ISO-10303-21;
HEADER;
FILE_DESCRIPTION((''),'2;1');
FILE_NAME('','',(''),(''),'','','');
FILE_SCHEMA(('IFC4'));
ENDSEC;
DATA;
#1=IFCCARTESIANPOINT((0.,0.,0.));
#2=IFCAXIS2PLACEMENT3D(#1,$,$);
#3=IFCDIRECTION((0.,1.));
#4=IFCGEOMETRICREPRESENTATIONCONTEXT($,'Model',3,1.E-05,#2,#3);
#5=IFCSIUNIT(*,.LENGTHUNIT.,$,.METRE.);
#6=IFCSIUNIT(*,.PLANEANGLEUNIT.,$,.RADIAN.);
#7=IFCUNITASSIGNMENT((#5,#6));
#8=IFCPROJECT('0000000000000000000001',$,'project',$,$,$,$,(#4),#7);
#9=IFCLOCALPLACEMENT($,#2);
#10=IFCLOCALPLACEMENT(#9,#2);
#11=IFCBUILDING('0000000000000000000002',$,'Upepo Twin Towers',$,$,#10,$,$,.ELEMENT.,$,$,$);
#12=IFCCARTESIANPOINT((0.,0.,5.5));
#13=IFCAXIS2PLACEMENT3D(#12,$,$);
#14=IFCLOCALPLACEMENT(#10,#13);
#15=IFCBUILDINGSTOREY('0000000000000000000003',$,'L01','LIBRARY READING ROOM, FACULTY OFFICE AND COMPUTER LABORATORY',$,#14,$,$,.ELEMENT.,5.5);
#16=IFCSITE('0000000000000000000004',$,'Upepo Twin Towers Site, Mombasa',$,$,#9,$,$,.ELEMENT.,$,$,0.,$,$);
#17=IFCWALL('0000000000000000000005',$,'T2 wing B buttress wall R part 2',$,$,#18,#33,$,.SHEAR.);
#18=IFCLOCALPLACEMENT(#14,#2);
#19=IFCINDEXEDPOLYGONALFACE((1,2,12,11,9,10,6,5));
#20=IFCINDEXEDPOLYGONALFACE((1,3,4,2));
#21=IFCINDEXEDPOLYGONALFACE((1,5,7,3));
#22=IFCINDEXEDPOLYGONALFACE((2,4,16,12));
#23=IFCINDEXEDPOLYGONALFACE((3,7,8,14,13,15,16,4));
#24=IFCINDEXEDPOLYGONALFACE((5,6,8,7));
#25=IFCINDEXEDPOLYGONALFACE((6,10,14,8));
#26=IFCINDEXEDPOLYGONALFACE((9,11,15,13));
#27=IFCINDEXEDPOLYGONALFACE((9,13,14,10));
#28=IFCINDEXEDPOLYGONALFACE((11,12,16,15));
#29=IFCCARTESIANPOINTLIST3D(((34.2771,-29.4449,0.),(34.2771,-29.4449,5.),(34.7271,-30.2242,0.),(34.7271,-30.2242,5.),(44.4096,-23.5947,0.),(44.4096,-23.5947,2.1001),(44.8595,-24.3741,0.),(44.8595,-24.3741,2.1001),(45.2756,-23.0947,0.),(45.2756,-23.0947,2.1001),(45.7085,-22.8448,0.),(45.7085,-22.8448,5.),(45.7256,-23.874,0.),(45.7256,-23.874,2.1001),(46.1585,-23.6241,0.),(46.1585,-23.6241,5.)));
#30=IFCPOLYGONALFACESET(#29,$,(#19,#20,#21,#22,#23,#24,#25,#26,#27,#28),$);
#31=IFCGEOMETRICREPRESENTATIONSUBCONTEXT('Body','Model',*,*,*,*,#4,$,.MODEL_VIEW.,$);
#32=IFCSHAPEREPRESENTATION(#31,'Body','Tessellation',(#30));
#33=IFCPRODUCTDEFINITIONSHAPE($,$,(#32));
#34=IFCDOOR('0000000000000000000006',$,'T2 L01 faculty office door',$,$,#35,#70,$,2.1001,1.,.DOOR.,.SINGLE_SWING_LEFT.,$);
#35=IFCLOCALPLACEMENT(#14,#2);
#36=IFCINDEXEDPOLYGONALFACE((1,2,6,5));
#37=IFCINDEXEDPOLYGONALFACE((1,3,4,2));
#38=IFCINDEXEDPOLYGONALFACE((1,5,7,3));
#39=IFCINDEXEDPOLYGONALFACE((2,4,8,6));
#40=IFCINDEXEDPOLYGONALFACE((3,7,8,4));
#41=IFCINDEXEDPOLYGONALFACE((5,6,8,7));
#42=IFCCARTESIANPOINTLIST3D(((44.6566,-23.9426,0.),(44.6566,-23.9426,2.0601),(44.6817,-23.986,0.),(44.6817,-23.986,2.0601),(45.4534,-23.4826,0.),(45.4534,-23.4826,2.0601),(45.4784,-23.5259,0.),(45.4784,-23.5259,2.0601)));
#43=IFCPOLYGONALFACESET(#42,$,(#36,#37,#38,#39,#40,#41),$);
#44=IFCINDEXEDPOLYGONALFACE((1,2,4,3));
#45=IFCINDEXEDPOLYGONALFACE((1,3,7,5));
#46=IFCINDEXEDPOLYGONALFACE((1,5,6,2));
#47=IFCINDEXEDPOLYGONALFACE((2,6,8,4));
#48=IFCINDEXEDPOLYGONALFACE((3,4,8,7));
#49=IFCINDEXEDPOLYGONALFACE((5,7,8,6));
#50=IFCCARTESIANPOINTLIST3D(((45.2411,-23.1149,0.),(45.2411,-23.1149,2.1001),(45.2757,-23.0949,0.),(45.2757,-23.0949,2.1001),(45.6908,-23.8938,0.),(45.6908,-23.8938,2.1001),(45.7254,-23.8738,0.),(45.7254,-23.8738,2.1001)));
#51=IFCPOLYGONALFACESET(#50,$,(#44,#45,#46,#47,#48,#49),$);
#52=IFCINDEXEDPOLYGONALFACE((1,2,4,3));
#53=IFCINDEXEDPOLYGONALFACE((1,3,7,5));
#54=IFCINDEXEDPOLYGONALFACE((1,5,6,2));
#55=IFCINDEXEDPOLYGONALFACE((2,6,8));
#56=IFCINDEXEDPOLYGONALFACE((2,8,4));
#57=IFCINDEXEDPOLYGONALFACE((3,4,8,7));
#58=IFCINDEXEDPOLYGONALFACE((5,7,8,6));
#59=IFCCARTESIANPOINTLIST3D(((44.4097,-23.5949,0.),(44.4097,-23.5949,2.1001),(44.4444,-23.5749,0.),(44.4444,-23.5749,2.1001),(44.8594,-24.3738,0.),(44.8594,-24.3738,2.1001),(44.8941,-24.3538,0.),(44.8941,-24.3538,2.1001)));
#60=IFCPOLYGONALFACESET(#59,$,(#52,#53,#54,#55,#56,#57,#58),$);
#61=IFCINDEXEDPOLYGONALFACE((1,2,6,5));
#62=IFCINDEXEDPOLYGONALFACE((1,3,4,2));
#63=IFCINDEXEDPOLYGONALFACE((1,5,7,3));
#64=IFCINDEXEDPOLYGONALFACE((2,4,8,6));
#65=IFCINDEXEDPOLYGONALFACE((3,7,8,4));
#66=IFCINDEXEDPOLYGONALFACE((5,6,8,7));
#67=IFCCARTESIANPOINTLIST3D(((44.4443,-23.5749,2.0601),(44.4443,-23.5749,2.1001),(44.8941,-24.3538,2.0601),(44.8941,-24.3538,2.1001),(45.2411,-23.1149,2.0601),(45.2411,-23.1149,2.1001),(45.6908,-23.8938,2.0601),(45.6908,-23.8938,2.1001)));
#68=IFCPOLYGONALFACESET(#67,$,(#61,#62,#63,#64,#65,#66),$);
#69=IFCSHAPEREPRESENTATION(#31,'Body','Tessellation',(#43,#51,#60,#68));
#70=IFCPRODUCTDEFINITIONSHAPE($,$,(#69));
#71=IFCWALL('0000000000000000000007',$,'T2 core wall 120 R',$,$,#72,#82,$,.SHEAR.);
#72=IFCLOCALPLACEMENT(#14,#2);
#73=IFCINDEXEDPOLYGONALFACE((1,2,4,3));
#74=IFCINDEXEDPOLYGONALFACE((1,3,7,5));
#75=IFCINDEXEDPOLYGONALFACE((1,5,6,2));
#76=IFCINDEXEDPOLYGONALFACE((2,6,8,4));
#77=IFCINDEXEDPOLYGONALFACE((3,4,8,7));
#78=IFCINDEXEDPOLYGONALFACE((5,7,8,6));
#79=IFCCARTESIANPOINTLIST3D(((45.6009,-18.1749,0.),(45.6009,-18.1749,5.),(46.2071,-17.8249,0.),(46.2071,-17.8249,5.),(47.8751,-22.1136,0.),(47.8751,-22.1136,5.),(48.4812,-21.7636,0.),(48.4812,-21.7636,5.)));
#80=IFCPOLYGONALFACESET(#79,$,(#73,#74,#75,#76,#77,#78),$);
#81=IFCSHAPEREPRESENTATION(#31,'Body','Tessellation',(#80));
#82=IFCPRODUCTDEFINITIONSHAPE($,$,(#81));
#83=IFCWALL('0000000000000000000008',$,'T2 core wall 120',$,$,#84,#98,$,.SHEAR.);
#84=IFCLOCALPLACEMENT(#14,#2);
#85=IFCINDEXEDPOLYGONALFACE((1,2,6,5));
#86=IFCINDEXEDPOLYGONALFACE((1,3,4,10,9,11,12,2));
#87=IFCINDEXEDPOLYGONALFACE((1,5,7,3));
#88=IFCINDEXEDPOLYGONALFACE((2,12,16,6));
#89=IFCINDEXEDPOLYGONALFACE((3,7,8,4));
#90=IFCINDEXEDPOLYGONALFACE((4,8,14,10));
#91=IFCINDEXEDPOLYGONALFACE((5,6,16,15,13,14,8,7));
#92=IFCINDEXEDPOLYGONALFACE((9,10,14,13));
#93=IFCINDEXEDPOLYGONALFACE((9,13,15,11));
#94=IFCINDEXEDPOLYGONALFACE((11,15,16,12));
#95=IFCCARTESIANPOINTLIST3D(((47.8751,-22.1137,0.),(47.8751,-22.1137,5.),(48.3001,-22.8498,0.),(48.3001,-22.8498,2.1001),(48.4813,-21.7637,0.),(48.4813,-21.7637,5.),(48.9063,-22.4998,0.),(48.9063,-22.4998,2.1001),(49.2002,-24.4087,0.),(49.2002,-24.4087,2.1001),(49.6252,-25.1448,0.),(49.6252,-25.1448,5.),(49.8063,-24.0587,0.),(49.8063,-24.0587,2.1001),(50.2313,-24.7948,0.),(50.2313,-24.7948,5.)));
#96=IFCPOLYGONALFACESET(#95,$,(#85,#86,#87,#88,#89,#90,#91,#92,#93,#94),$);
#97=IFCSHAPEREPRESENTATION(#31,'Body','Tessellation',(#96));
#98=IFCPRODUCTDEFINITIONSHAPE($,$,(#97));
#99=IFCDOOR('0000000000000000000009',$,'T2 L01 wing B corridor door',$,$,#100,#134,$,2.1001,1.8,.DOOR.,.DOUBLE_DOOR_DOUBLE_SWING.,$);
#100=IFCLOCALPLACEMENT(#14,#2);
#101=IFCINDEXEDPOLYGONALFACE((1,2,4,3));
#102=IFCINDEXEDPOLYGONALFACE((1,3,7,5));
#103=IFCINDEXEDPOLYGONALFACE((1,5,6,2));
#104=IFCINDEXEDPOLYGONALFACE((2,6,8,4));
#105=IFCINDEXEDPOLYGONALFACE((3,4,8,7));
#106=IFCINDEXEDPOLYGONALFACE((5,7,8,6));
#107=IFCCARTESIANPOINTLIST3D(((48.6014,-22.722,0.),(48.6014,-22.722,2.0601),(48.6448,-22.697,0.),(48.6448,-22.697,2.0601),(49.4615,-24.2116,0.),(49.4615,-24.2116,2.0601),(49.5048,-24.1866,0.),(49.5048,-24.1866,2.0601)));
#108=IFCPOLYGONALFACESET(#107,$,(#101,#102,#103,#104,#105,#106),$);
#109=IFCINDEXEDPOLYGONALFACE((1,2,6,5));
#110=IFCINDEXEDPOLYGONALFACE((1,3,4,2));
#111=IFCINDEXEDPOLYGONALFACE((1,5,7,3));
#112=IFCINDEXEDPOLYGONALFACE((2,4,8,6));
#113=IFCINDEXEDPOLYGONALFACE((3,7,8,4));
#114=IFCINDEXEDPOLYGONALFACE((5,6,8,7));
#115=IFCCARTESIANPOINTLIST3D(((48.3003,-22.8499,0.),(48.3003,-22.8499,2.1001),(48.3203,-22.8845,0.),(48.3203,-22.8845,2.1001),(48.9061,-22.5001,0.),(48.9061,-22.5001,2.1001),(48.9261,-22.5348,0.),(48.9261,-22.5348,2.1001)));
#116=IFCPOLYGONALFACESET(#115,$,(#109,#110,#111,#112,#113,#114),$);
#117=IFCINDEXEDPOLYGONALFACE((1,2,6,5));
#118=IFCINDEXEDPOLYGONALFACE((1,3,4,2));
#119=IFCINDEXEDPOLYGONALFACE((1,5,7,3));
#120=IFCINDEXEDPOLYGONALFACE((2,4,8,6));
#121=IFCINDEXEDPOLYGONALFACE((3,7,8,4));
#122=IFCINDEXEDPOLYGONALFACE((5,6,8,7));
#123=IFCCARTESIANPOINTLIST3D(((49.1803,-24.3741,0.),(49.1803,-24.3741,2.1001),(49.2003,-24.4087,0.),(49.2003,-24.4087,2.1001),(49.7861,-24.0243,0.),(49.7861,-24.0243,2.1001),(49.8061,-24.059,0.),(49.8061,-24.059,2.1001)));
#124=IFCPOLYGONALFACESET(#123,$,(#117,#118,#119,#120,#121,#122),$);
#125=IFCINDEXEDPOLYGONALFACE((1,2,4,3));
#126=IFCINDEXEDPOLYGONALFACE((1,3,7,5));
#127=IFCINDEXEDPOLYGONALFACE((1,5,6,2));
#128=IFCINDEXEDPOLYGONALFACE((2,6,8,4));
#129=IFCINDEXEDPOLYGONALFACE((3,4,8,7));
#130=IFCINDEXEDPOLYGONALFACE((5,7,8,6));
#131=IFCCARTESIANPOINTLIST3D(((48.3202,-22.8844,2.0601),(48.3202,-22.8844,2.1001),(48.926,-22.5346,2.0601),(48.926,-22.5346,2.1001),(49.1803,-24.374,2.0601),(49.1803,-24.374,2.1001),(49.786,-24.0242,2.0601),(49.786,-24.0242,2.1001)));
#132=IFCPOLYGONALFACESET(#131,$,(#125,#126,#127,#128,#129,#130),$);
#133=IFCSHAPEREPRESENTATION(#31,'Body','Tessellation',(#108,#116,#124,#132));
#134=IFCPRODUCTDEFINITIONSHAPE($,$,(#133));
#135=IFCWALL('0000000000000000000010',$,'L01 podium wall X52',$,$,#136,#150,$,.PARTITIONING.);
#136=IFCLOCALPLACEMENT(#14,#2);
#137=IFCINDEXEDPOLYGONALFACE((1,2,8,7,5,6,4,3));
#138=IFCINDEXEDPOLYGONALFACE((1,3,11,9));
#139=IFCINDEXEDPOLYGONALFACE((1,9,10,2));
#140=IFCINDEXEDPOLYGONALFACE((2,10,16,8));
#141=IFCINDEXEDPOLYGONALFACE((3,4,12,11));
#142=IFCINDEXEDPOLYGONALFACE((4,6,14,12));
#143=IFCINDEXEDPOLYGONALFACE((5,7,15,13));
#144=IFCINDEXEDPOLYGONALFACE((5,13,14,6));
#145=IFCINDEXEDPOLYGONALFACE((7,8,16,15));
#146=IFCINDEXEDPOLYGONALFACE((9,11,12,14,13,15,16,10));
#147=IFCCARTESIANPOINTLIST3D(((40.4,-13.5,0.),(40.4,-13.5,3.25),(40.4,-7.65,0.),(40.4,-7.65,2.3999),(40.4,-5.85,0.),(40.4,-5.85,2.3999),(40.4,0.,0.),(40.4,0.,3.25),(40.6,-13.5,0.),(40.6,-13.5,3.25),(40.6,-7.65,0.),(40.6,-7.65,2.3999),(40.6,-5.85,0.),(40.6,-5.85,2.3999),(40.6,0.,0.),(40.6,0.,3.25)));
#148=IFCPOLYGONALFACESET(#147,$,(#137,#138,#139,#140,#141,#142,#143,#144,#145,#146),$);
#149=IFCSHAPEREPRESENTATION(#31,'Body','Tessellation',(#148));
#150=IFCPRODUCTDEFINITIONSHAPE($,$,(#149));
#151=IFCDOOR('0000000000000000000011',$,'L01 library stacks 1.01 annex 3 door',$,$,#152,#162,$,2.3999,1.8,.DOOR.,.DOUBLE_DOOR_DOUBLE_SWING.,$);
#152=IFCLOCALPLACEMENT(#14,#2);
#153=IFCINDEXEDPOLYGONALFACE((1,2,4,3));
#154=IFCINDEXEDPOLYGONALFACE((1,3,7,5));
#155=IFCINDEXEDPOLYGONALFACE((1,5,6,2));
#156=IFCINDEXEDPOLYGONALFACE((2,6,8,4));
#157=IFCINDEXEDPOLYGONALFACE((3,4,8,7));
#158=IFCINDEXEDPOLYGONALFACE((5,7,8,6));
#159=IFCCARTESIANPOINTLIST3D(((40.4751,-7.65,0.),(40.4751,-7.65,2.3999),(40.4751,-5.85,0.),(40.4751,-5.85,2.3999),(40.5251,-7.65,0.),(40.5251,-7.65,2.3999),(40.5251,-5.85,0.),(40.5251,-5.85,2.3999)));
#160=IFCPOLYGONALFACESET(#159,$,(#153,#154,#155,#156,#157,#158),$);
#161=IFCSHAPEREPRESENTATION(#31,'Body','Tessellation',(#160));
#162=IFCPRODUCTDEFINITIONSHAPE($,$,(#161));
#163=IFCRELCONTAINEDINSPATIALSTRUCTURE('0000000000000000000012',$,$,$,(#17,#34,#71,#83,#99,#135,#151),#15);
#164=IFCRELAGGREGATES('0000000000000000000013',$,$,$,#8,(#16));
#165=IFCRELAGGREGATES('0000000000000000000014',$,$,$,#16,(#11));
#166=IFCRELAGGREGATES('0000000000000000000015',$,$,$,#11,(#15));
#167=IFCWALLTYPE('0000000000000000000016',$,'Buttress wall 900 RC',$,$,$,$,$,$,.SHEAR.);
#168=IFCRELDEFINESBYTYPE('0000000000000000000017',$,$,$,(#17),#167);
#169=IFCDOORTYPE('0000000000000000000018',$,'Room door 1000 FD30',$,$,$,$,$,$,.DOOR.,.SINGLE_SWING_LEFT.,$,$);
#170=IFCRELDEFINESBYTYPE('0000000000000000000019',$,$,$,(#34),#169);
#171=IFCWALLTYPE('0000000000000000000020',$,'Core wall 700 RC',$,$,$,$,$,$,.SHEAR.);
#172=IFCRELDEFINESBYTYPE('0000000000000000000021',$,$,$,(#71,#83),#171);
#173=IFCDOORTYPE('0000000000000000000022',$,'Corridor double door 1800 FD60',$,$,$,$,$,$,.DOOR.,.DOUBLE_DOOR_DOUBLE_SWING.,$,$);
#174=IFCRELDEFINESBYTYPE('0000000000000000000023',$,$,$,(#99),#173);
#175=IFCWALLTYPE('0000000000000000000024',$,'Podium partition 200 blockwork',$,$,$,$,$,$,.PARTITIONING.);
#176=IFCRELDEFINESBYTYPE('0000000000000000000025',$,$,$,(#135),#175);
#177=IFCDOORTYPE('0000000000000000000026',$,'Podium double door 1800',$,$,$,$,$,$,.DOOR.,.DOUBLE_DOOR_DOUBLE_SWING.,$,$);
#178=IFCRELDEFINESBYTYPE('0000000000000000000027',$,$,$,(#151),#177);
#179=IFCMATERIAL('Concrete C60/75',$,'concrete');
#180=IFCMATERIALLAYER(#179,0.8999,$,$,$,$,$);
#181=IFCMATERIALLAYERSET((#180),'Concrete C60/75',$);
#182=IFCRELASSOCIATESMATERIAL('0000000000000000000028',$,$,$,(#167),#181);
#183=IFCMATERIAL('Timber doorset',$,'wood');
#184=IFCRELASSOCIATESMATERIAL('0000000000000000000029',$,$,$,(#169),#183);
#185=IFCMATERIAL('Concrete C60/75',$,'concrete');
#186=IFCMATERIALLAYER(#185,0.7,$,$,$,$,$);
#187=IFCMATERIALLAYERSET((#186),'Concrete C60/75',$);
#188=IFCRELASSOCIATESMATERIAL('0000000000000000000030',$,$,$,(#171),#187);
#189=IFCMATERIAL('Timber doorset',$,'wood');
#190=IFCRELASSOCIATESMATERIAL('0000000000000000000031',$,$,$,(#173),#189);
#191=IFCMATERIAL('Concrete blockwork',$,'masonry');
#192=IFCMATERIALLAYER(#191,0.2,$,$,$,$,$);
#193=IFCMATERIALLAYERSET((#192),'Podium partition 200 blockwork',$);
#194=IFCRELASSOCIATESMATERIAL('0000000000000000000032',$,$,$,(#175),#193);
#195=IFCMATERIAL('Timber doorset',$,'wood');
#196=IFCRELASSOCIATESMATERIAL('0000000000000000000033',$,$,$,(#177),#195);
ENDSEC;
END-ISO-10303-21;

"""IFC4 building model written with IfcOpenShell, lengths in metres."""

from ifc_helpers import new_model, si_unit, direction, frame, frame_2d, origin, place, context, subcontext, project, spatial, rectangle, extrude, material, layer, layer_set, type_object, element, fill, save


model = new_model("IFC4")

# Units and contexts
model_context = context("Model", 3, precision=1e-05, world=origin(), true_north=direction((0.0, 1.0)))
body_context = subcontext(model_context, "Body", "Model", "MODEL_VIEW")
ifc_project = project(units=[si_unit("LENGTHUNIT", "METRE"), si_unit("PLANEANGLEUNIT", "RADIAN")], contexts=[model_context])

# Site, building, storey
site_placement = place(None, origin())
site = spatial("IfcSite", under=ifc_project, at=site_placement, Name="Upepo Twin Towers Site, Mombasa", CompositionType="ELEMENT", RefElevation=0.0)
building_placement = place(site_placement, origin())
building = spatial("IfcBuilding", under=site, at=building_placement, Name="Upepo Twin Towers", CompositionType="ELEMENT")
storey_placement = place(building_placement, frame((0.0, 0.0, 5.5)))
storey = spatial("IfcBuildingStorey", under=building, at=storey_placement, Name="L01", Description="LIBRARY READING ROOM, FACULTY OFFICE AND COMPUTER LABORATORY", CompositionType="ELEMENT", Elevation=5.5)

# Wall, opening, door
ifc_material_1 = material(Name="Concrete C60/75", Category="concrete")
ifc_layer_1 = layer(ifc_material_1, 0.8999)
ifc_layer_set_1 = layer_set([ifc_layer_1], Name="Concrete C60/75")
wall_type_1 = type_object("IfcWallType", Name="Buttress wall 900 RC", PredefinedType="SHEAR", material=ifc_layer_set_1)
ifc_material_2 = material(Name="Timber doorset", Category="wood")
door_type_1 = type_object("IfcDoorType", Name="Room door 1000 FD30", OperationType="SINGLE_SWING_LEFT", PredefinedType="DOOR", material=ifc_material_2)
wall_1_placement = place(storey_placement, frame((45.9336, -23.2344, 0.0), z_axis=(0.0, 0.0, 1.0), x_axis=(-0.86602, -0.50001, 0.0)))
wall_1 = element("IfcWall", 1, at=wall_1_placement, inside=storey, type_object=wall_type_1, Name="T2 wing B buttress wall R part 2", PredefinedType="SHEAR", context=body_context, shape_type="SweptSolid", body=[
    extrude(rectangle(XDim=13.2, YDim=0.8999, at=frame_2d((6.6001, 0.0))), origin(), (0.0, 0.0, 1.0), 5.0),
])
opening_1_placement = place(wall_1_placement, frame((0.5, 0.0, 0.0)))
opening_1 = element("IfcOpeningElement", 2, at=opening_1_placement, cuts=wall_1, PredefinedType="OPENING", context=body_context, shape_type="SweptSolid", body=[
    extrude(rectangle(XDim=1.0, YDim=2.1001, at=frame_2d((0.5, 1.05))), frame((0.0, 0.46, 0.0), z_axis=(0.0, -1.0, 0.0), x_axis=(1.0, 0.0, 0.0)), (0.0, 0.0, 1.0), 0.9199),
])
door_1_placement = place(opening_1_placement, origin())
door_1 = element("IfcDoor", 3, at=door_1_placement, inside=storey, type_object=door_type_1, Name="T2 L01 faculty office door", OperationType="SINGLE_SWING_LEFT", OverallHeight=2.1001, OverallWidth=1.0, PredefinedType="DOOR", context=body_context, shape_type="SweptSolid", body=[
    extrude(rectangle(XDim=0.92, YDim=2.0601, at=frame_2d((0.5, 1.03))), frame((0.0, 0.0249, 0.0), z_axis=(0.0, -1.0, 0.0), x_axis=(1.0, 0.0, 0.0)), (0.0, 0.0, 1.0), 0.05),
    extrude(rectangle(XDim=0.04, YDim=2.1001, at=frame_2d((0.02, 1.05))), frame((0.0, 0.4497, 0.0), z_axis=(0.0, -1.0, 0.0), x_axis=(1.0, 0.0, 0.0)), (0.0, 0.0, 1.0), 0.8994),
    extrude(rectangle(XDim=0.04, YDim=2.1001, at=frame_2d((0.98, 1.05))), frame((0.0, 0.4497, 0.0), z_axis=(0.0, -1.0, 0.0), x_axis=(1.0, 0.0, 0.0)), (0.0, 0.0, 1.0), 0.8994),
    extrude(rectangle(XDim=0.92, YDim=0.04, at=frame_2d((0.5, 2.0801))), frame((0.0, 0.4497, 0.0), z_axis=(0.0, -1.0, 0.0), x_axis=(1.0, 0.0, 0.0)), (0.0, 0.0, 1.0), 0.8994),
])
fill(opening_1, door_1)

# Wall
ifc_material_3 = material(Name="Concrete C60/75", Category="concrete")
ifc_layer_2 = layer(ifc_material_3, 0.7)
ifc_layer_set_2 = layer_set([ifc_layer_2], Name="Concrete C60/75")
wall_type_2 = type_object("IfcWallType", Name="Core wall 700 RC", PredefinedType="SHEAR", material=ifc_layer_set_2)
wall_2_placement = place(storey_placement, frame((45.9041, -18.0, 0.0), z_axis=(0.0, 0.0, 1.0), x_axis=(0.500024, -0.866011, 0.0)))
element("IfcWall", 4, at=wall_2_placement, inside=storey, type_object=wall_type_2, Name="T2 core wall 120 R", PredefinedType="SHEAR", context=body_context, shape_type="SweptSolid", body=[
    extrude(rectangle(XDim=4.5481, YDim=0.7, at=frame_2d((2.2739, 0.0))), origin(), (0.0, 0.0, 1.0), 5.0),
])

# Walls, openings, doors
wall_3_placement = place(storey_placement, frame((48.1782, -21.9387, 0.0), z_axis=(0.0, 0.0, 1.0), x_axis=(0.50001, -0.866019, 0.0)))
wall_3 = element("IfcWall", 5, at=wall_3_placement, inside=storey, type_object=wall_type_2, Name="T2 core wall 120", PredefinedType="SHEAR", context=body_context, shape_type="SweptSolid", body=[
    extrude(rectangle(XDim=3.5, YDim=0.7, at=frame_2d((1.75, 0.0))), origin(), (0.0, 0.0, 1.0), 5.0),
])
opening_2_placement = place(wall_3_placement, frame((0.8501, 0.0, 0.0)))
opening_2 = element("IfcOpeningElement", 6, at=opening_2_placement, cuts=wall_3, PredefinedType="OPENING", context=body_context, shape_type="SweptSolid", body=[
    extrude(rectangle(XDim=1.8, YDim=2.1001, at=frame_2d((0.8999, 1.05))), frame((0.0, 0.3599, 0.0), z_axis=(0.0, -1.0, 0.0), x_axis=(1.0, 0.0, 0.0)), (0.0, 0.0, 1.0), 0.72),
])
ifc_material_4 = material(Name="Timber doorset", Category="wood")
door_type_2 = type_object("IfcDoorType", Name="Corridor double door 1800 FD60", OperationType="DOUBLE_DOOR_DOUBLE_SWING", PredefinedType="DOOR", material=ifc_material_4)
door_2_placement = place(opening_2_placement, origin())
door_2 = element("IfcDoor", 7, at=door_2_placement, inside=storey, type_object=door_type_2, Name="T2 L01 wing B corridor door", OperationType="DOUBLE_DOOR_DOUBLE_SWING", OverallHeight=2.1001, OverallWidth=1.8, PredefinedType="DOOR", context=body_context, shape_type="SweptSolid", body=[
    extrude(rectangle(XDim=1.72, YDim=2.0601, at=frame_2d((0.8999, 1.03))), frame((0.0, 0.0249, 0.0), z_axis=(0.0, -1.0, 0.0), x_axis=(1.0, 0.0, 0.0)), (0.0, 0.0, 1.0), 0.05),
    extrude(rectangle(XDim=0.04, YDim=2.1001, at=frame_2d((0.02, 1.05))), frame((0.0, 0.3496, 0.0), z_axis=(0.0, -1.0, 0.0), x_axis=(1.0, 0.0, 0.0)), (0.0, 0.0, 1.0), 0.6995),
    extrude(rectangle(XDim=0.04, YDim=2.1001, at=frame_2d((1.78, 1.05))), frame((0.0, 0.3496, 0.0), z_axis=(0.0, -1.0, 0.0), x_axis=(1.0, 0.0, 0.0)), (0.0, 0.0, 1.0), 0.6995),
    extrude(rectangle(XDim=1.72, YDim=0.04, at=frame_2d((0.8999, 2.0801))), frame((0.0, 0.3496, 0.0), z_axis=(0.0, -1.0, 0.0), x_axis=(1.0, 0.0, 0.0)), (0.0, 0.0, 1.0), 0.6995),
])
fill(opening_2, door_2)
ifc_material_5 = material(Name="Concrete blockwork", Category="masonry")
ifc_layer_3 = layer(ifc_material_5, 0.2)
ifc_layer_set_3 = layer_set([ifc_layer_3], Name="Podium partition 200 blockwork")
wall_type_3 = type_object("IfcWallType", Name="Podium partition 200 blockwork", PredefinedType="PARTITIONING", material=ifc_layer_set_3)
wall_4_placement = place(storey_placement, frame((40.5, -13.5, 0.0), z_axis=(0.0, 0.0, 1.0), x_axis=(0.0, 1.0, 0.0)))
wall_4 = element("IfcWall", 8, at=wall_4_placement, inside=storey, type_object=wall_type_3, Name="L01 podium wall X52", PredefinedType="PARTITIONING", context=body_context, shape_type="SweptSolid", body=[
    extrude(rectangle(XDim=13.5, YDim=0.2, at=frame_2d((6.75, 0.0))), origin(), (0.0, 0.0, 1.0), 3.25),
])
opening_3_placement = place(wall_4_placement, frame((5.8501, 0.0, 0.0)))
opening_3 = element("IfcOpeningElement", 9, at=opening_3_placement, cuts=wall_4, PredefinedType="OPENING", context=body_context, shape_type="SweptSolid", body=[
    extrude(rectangle(XDim=1.8, YDim=2.3999, at=frame_2d((0.8999, 1.2))), frame((0.0, 0.1099, 0.0), z_axis=(0.0, -1.0, 0.0), x_axis=(1.0, 0.0, 0.0)), (0.0, 0.0, 1.0), 0.22),
])
ifc_material_6 = material(Name="Timber doorset", Category="wood")
door_type_3 = type_object("IfcDoorType", Name="Podium double door 1800", OperationType="DOUBLE_DOOR_DOUBLE_SWING", PredefinedType="DOOR", material=ifc_material_6)
door_3_placement = place(opening_3_placement, origin())
door_3 = element("IfcDoor", 10, at=door_3_placement, inside=storey, type_object=door_type_3, Name="L01 library stacks 1.01 annex 3 door", OperationType="DOUBLE_DOOR_DOUBLE_SWING", OverallHeight=2.3999, OverallWidth=1.8, PredefinedType="DOOR", context=body_context, shape_type="SweptSolid", body=[
    extrude(rectangle(XDim=1.8, YDim=2.3999, at=frame_2d((0.8999, 1.2))), frame((0.0, 0.0249, 0.0), z_axis=(0.0, -1.0, 0.0), x_axis=(1.0, 0.0, 0.0)), (0.0, 0.0, 1.0), 0.05),
])
fill(opening_3, door_3)

save(model, "model.ifc")
